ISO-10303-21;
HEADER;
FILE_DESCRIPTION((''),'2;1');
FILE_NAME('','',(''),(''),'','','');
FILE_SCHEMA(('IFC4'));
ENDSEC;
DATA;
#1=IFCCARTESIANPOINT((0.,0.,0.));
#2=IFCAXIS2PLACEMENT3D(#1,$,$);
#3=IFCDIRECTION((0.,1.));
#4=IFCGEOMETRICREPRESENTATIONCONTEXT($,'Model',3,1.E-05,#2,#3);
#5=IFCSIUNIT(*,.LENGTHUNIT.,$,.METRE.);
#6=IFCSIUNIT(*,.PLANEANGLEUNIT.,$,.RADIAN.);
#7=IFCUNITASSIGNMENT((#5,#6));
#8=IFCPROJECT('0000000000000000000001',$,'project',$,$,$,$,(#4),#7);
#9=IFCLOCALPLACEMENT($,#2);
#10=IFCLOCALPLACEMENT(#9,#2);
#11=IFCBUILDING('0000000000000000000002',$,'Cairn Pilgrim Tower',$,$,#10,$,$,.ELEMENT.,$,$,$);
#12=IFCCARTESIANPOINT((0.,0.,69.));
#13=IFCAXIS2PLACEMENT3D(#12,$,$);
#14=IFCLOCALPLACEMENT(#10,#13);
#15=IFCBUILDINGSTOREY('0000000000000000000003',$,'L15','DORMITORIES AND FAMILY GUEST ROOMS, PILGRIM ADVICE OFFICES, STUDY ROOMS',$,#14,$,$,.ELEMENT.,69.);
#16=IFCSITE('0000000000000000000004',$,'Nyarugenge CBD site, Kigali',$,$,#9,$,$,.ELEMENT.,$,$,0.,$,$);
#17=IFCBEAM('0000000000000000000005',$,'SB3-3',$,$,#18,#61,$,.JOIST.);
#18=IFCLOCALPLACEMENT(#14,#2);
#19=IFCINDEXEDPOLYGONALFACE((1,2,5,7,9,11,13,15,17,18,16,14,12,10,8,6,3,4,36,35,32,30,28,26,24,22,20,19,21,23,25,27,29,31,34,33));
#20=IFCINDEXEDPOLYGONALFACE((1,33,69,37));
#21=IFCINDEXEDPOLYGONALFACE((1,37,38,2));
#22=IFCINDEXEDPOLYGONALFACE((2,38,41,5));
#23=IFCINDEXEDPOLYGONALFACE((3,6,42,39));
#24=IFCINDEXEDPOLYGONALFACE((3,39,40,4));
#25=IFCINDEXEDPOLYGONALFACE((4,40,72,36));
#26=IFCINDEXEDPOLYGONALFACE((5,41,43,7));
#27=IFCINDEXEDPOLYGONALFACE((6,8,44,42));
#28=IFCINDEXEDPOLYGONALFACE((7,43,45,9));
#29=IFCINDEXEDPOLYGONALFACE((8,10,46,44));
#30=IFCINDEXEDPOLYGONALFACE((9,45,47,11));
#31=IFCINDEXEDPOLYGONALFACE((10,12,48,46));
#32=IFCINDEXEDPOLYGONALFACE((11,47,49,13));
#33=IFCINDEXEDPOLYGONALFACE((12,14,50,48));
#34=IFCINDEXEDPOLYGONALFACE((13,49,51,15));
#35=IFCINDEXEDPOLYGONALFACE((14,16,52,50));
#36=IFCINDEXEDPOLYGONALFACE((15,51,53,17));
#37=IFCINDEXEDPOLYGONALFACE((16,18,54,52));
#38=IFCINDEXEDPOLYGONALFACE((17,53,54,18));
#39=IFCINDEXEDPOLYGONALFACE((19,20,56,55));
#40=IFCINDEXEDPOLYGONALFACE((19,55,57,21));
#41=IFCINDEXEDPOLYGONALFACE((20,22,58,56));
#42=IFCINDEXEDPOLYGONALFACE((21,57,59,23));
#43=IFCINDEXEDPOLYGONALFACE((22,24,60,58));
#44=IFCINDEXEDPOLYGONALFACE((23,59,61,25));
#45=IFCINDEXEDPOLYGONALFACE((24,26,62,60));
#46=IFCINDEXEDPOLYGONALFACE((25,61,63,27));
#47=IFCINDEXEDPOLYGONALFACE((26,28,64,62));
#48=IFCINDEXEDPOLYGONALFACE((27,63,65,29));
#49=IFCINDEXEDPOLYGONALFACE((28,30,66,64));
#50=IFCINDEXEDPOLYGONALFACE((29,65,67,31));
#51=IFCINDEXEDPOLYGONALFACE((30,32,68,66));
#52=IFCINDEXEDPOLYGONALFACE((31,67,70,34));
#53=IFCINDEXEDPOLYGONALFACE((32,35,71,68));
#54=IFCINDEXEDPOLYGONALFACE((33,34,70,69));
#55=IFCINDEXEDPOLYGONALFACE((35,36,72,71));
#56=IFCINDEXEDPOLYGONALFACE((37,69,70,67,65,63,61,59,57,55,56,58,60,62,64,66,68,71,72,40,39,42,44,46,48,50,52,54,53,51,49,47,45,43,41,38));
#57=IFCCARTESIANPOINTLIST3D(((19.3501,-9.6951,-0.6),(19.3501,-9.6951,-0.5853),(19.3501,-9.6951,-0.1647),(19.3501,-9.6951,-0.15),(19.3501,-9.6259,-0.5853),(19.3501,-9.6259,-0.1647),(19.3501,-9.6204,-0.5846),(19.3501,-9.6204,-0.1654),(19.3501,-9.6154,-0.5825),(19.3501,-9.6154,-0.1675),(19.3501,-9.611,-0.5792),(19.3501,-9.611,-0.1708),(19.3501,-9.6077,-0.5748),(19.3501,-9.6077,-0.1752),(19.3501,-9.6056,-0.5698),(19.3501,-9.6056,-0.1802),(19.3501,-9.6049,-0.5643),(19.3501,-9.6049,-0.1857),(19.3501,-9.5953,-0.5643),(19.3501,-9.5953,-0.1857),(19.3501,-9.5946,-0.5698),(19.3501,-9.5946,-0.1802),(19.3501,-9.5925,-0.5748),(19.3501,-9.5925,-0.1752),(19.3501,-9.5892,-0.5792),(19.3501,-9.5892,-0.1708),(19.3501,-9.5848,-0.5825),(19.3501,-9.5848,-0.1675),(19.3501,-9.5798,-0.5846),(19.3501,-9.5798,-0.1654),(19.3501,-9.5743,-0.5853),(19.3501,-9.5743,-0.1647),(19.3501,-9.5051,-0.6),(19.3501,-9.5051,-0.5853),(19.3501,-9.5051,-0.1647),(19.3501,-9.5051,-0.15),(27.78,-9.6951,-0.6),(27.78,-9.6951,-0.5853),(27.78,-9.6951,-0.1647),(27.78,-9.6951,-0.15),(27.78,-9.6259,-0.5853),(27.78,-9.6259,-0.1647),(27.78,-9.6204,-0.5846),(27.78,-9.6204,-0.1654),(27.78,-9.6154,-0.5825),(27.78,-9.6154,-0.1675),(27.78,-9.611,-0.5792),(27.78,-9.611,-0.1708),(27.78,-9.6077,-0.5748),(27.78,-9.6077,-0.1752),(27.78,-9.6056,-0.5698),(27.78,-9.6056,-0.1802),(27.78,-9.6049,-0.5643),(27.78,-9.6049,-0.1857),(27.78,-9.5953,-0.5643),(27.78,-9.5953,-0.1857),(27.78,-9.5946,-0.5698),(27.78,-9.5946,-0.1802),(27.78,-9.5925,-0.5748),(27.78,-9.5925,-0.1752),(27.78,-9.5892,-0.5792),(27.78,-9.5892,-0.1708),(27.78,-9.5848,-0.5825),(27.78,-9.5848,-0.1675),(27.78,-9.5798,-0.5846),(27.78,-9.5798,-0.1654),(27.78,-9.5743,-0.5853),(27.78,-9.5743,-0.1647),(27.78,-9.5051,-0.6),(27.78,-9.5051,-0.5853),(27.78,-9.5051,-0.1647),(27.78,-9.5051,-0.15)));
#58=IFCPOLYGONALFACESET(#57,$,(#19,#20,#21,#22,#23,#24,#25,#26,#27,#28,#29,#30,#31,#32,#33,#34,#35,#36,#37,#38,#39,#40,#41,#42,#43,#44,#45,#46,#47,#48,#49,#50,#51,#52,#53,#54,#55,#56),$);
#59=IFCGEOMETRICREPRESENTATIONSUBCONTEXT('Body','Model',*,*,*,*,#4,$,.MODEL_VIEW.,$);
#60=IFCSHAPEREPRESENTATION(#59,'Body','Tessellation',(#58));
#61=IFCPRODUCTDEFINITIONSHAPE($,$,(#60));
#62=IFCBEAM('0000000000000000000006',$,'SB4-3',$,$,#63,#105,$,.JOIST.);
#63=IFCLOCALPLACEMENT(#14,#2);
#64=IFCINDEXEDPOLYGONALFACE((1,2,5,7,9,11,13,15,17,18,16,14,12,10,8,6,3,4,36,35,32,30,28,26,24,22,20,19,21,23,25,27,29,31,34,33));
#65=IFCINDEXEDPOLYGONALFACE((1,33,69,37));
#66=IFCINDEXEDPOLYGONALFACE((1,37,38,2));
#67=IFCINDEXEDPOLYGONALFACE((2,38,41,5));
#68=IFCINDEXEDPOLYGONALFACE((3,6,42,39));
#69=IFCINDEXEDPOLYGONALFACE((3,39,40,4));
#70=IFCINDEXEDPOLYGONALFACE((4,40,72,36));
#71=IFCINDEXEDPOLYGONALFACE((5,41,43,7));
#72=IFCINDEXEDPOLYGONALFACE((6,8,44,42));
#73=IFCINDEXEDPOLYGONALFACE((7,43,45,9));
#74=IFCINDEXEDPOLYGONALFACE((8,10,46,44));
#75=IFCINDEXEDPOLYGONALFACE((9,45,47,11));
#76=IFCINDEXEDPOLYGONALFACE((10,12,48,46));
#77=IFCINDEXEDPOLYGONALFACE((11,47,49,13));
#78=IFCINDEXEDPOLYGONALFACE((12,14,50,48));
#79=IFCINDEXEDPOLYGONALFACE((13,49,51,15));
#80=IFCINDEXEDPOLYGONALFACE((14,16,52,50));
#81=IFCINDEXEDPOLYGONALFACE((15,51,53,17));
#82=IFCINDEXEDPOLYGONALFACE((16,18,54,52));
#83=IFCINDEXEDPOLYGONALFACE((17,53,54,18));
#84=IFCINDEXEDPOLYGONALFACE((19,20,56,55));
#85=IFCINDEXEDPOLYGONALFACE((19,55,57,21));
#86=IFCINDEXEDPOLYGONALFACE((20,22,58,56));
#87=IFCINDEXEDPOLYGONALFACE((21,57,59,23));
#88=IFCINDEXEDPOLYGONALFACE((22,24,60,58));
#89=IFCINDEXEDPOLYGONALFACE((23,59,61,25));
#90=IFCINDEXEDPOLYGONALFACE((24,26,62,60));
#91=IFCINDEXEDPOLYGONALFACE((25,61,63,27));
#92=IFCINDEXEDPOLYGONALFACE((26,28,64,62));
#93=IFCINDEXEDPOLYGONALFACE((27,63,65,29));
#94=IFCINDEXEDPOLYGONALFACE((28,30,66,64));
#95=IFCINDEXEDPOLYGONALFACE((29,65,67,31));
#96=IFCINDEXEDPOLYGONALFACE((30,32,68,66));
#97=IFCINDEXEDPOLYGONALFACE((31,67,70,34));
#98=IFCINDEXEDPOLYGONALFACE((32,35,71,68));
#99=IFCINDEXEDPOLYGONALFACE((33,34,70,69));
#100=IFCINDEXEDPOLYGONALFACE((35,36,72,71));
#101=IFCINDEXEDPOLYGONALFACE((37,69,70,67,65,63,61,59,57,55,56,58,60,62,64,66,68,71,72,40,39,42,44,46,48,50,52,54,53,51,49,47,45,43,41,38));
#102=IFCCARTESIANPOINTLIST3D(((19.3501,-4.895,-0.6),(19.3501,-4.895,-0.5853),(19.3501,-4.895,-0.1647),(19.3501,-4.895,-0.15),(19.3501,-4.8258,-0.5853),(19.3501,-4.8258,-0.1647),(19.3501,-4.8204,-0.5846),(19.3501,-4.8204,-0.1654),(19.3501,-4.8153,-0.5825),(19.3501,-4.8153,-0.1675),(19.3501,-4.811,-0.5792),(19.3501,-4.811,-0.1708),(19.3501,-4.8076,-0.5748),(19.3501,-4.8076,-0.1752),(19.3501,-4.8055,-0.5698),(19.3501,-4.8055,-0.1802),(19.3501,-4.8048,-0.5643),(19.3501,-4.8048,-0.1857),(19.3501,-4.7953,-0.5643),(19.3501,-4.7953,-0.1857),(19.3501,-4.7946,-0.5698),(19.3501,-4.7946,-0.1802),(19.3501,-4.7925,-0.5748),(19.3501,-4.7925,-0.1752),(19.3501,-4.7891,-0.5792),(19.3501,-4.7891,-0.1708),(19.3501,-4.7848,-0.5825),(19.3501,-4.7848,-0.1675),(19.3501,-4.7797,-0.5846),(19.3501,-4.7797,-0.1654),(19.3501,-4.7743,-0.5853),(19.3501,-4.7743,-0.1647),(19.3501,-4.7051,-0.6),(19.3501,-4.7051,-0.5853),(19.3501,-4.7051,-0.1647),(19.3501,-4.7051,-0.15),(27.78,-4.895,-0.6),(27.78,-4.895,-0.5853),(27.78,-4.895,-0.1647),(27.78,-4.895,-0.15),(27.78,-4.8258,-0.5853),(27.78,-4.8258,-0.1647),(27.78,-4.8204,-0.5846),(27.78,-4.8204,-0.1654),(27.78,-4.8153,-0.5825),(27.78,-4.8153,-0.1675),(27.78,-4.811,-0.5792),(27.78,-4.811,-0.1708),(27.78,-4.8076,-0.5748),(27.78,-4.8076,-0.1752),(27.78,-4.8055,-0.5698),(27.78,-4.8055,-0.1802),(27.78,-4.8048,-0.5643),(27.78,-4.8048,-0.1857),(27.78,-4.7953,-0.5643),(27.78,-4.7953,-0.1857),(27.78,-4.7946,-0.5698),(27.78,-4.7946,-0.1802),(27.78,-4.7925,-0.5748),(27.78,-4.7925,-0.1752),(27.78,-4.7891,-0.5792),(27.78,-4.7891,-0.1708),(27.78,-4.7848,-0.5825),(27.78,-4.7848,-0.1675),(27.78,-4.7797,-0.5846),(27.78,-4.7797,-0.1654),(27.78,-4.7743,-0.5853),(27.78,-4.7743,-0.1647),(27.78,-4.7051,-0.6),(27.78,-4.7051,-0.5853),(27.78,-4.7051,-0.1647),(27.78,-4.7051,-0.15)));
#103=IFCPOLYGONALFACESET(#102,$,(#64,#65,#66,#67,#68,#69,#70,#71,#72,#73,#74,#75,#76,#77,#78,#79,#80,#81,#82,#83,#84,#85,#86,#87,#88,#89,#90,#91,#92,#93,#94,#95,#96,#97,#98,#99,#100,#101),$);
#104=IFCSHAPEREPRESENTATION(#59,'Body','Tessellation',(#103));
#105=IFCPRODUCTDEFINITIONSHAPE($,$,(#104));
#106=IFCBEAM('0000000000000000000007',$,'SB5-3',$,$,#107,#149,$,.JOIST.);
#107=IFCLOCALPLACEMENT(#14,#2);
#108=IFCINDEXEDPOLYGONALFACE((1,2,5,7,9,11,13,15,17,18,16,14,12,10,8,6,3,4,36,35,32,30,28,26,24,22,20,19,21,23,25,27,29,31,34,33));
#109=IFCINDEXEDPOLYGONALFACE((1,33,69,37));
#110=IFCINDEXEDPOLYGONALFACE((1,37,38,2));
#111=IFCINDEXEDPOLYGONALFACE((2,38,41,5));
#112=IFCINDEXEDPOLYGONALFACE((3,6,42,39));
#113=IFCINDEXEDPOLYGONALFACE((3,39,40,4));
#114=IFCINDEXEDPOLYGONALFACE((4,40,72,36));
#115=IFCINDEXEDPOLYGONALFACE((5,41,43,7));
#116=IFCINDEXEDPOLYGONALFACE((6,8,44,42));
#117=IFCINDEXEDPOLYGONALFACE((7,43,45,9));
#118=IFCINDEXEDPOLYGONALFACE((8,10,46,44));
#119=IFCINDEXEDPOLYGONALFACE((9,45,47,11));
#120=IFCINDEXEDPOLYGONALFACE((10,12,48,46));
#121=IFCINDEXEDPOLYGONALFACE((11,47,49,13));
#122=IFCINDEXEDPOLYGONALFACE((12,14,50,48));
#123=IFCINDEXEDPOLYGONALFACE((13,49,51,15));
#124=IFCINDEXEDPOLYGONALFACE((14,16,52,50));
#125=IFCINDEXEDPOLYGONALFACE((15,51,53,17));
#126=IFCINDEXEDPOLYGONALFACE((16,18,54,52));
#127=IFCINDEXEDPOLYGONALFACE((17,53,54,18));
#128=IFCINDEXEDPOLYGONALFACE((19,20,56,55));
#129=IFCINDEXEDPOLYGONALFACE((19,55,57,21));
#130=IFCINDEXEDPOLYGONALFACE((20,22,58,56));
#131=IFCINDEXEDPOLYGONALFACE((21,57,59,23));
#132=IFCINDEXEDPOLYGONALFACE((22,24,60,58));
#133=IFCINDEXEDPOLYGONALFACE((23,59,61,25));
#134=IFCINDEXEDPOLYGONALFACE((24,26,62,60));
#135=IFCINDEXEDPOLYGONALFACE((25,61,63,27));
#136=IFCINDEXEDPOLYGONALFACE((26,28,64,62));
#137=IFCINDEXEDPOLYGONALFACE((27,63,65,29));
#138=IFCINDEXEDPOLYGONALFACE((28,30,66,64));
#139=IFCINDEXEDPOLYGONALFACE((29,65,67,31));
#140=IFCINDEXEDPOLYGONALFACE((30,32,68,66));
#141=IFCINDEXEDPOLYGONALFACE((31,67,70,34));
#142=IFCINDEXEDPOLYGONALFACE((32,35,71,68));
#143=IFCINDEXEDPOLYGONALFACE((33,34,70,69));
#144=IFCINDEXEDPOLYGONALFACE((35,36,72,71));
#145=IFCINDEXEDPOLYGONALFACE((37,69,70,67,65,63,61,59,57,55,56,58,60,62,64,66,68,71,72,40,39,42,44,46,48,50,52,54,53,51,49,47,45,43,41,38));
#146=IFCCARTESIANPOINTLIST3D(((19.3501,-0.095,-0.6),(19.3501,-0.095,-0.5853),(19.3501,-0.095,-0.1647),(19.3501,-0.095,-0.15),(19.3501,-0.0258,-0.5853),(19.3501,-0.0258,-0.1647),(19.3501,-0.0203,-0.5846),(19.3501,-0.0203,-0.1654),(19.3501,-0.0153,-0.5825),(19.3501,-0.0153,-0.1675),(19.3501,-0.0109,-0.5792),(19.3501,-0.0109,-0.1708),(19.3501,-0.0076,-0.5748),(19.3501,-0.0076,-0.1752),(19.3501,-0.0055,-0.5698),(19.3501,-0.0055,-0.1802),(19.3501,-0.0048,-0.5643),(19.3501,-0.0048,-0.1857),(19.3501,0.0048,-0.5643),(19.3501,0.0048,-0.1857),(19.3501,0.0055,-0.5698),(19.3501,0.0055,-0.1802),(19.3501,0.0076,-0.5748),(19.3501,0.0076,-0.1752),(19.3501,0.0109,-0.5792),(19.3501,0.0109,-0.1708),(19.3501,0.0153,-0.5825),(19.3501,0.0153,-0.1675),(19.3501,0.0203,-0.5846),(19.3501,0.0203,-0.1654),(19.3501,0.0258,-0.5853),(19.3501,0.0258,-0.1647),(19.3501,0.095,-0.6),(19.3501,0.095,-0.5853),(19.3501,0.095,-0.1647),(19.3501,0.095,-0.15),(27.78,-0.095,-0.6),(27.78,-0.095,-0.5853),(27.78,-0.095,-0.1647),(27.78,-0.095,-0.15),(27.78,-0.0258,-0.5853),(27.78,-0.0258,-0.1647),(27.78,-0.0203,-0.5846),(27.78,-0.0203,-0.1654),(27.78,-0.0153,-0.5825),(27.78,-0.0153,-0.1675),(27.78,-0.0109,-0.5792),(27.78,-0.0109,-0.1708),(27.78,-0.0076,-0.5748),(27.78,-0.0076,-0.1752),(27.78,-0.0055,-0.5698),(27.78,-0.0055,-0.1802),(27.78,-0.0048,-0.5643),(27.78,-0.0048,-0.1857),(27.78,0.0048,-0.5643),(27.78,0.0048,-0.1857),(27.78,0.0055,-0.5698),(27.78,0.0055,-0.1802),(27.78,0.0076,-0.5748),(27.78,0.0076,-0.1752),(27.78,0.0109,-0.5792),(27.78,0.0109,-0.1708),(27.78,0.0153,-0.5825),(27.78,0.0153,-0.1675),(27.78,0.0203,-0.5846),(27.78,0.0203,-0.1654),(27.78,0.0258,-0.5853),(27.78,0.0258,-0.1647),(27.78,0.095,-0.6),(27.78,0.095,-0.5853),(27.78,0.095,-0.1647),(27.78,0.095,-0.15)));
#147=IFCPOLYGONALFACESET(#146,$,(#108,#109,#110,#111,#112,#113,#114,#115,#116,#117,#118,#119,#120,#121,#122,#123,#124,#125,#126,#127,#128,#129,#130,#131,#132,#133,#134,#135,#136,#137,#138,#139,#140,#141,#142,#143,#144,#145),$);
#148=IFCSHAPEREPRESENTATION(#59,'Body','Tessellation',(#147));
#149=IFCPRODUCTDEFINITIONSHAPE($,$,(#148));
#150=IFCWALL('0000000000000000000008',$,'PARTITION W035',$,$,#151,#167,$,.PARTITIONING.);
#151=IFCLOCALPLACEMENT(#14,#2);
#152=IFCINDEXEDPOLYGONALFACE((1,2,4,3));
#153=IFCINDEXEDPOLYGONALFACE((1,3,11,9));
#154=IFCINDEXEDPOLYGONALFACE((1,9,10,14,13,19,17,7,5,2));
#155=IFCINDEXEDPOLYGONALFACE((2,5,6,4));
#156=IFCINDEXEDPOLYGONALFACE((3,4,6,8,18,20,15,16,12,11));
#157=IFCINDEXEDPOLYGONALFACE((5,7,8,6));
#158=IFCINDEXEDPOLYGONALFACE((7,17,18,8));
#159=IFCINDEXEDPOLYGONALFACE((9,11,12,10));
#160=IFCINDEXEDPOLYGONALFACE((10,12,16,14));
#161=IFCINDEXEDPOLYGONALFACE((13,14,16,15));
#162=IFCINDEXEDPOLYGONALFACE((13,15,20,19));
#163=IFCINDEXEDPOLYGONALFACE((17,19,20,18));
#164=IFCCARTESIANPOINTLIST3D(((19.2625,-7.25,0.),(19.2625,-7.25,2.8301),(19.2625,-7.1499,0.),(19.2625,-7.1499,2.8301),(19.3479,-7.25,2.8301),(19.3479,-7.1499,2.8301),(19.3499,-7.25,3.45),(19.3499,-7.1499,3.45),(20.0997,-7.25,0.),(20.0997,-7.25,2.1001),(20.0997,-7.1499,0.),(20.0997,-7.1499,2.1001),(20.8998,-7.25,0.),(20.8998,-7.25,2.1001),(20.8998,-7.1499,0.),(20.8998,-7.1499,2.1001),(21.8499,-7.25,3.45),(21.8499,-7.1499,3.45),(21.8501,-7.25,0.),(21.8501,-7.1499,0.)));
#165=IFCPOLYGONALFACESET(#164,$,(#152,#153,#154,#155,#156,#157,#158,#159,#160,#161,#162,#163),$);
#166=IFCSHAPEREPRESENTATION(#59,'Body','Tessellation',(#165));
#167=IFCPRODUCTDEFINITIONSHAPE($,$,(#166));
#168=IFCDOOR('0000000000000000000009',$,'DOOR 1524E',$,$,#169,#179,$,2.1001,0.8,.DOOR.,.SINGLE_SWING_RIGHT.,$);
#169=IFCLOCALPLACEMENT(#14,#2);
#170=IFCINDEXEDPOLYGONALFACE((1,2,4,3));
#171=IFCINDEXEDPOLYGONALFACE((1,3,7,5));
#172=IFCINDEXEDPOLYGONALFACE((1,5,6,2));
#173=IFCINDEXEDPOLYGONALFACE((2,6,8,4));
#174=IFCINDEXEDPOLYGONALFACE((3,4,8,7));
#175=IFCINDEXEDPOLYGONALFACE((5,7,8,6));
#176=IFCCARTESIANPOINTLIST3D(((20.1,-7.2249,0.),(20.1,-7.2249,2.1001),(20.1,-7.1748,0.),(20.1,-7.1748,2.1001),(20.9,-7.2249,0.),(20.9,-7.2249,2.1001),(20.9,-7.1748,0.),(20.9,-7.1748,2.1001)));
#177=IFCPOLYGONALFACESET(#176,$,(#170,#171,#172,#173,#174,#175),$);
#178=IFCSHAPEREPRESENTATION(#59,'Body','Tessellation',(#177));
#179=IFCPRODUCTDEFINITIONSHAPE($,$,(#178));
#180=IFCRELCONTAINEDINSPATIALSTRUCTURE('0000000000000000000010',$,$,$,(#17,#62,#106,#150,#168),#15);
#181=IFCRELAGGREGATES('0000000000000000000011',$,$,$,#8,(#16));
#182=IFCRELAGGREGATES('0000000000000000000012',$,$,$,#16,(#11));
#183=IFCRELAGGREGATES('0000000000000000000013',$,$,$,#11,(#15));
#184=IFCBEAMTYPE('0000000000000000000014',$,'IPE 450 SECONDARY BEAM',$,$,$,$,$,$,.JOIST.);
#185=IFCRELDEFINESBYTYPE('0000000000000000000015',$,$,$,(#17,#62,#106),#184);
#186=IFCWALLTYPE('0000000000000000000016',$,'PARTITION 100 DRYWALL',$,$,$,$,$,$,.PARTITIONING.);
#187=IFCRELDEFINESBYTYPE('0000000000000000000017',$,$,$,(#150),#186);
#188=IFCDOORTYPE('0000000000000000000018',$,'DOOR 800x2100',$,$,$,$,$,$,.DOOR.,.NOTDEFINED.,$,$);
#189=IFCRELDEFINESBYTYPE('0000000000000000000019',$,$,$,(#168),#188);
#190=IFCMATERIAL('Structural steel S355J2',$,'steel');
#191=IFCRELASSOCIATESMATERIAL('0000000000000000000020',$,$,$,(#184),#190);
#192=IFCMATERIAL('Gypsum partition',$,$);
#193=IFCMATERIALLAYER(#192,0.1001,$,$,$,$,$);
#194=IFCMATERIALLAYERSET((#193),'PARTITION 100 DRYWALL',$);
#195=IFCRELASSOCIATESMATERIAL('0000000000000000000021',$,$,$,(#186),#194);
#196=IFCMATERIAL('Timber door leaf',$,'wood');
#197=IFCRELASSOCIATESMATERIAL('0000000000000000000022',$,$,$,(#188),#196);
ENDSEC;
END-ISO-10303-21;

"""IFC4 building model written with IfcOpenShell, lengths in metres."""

from ifc_helpers import new_model, si_unit, direction, frame, frame_2d, origin, origin_2d, place, context, subcontext, project, spatial, polyline, rectangle, i_section, outline, extrude, material, layer, layer_set, material_profile, profile_set, type_object, element, fill, save


model = new_model("IFC4")

# Units and contexts
model_context = context("Model", 3, precision=1e-05, world=origin(), true_north=direction((0.0, 1.0)))
body_context = subcontext(model_context, "Body", "Model", "MODEL_VIEW")
ifc_project = project(units=[si_unit("LENGTHUNIT", "METRE"), si_unit("PLANEANGLEUNIT", "RADIAN")], contexts=[model_context])

# Site, building, storey
site_placement = place(None, origin())
site = spatial("IfcSite", under=ifc_project, at=site_placement, Name="Nyarugenge CBD site, Kigali", CompositionType="ELEMENT", RefElevation=0.0)
building_placement = place(site_placement, origin())
building = spatial("IfcBuilding", under=site, at=building_placement, Name="Cairn Pilgrim Tower", CompositionType="ELEMENT")
storey_placement = place(building_placement, frame((0.0, 0.0, 69.0)))
storey = spatial("IfcBuildingStorey", under=building, at=storey_placement, Name="L15", Description="DORMITORIES AND FAMILY GUEST ROOMS, PILGRIM ADVICE OFFICES, STUDY ROOMS", CompositionType="ELEMENT", Elevation=69.0)

# Beams
ifc_material_1 = material(Name="Structural steel S355J2", Category="steel")
ifc_material_profile_1 = material_profile(ifc_material_1, i_section(OverallWidth=0.1899, OverallDepth=0.45, WebThickness=0.0095, FlangeThickness=0.0146, FilletRadius=0.021, at=origin_2d()), Name="IPE 450")
ifc_profile_set_1 = profile_set([ifc_material_profile_1], Name="Structural steel S355J2")
beam_type_1 = type_object("IfcBeamType", Name="IPE 450 SECONDARY BEAM", PredefinedType="JOIST", material=ifc_profile_set_1)
for number, where, z_axis, x_axis, name in (
    (1, (19.3501, -9.6001, -0.375), (1.0, 0.0, 0.0), (0.0, 1.0, 0.0), "SB3-3"),
    (2, (19.3501, -4.8, -0.375), (1.0, 0.0, 0.0), (0.0, 1.0, 0.0), "SB4-3"),
    (3, (19.3501, 0.0, -0.375), (1.0, 0.0, 0.0), (0.0, 1.0, 0.0), "SB5-3"),
):
    element("IfcBeam", number, at=place(storey_placement, frame(where, z_axis=z_axis, x_axis=x_axis)), inside=storey, type_object=beam_type_1, Name=name, PredefinedType="JOIST", context=body_context, shape_type="SweptSolid", body=[
        extrude(i_section(OverallWidth=0.1899, OverallDepth=0.45, WebThickness=0.0095, FlangeThickness=0.0146, FilletRadius=0.021, at=origin_2d()), origin(), (0.0, 0.0, 1.0), 8.4299),
    ])

# Wall, opening, door
ifc_material_2 = material(Name="Gypsum partition")
ifc_layer_1 = layer(ifc_material_2, 0.1001)
ifc_layer_set_1 = layer_set([ifc_layer_1], Name="PARTITION 100 DRYWALL")
wall_type_1 = type_object("IfcWallType", Name="PARTITION 100 DRYWALL", PredefinedType="PARTITIONING", material=ifc_layer_set_1)
wall_1_placement = place(storey_placement, frame((19.2625, -7.2, 0.0), z_axis=(0.0, 0.0, 1.0), x_axis=(1.0, 0.0, 0.0)))
wall_1 = element("IfcWall", 4, at=wall_1_placement, inside=storey, type_object=wall_type_1, Name="PARTITION W035", PredefinedType="PARTITIONING", context=body_context, shape_type="SweptSolid", body=[
    extrude(outline(polyline([(0.0, 0.0), (2.5876, 0.0), (2.5874, 3.45), (0.0874, 3.45), (0.0854, 2.8301), (0.0, 2.8301), (0.0, 0.0)])), frame((0.0, 0.05, 0.0), z_axis=(0.0, -1.0, 0.0), x_axis=(1.0, 0.0, 0.0)), (0.0, 0.0, 1.0), 0.1001),
])
opening_1_placement = place(wall_1_placement, frame((0.8374, 0.0, 0.0)))
opening_1 = element("IfcOpeningElement", 5, at=opening_1_placement, cuts=wall_1, PredefinedType="OPENING", context=body_context, shape_type="SweptSolid", body=[
    extrude(rectangle(XDim=0.8, YDim=2.1001, at=frame_2d((0.3999, 1.05))), frame((0.0, 0.0601, 0.0), z_axis=(0.0, -1.0, 0.0), x_axis=(1.0, 0.0, 0.0)), (0.0, 0.0, 1.0), 0.1201),
])
ifc_material_3 = material(Name="Timber door leaf", Category="wood")
door_type_1 = type_object("IfcDoorType", Name="DOOR 800x2100", OperationType="NOTDEFINED", PredefinedType="DOOR", material=ifc_material_3)
door_1_placement = place(opening_1_placement, frame((0.8, 0.0, 0.0), z_axis=(0.0, 0.0, 1.0), x_axis=(-1.0, 0.0, 0.0)))
door_1 = element("IfcDoor", 6, at=door_1_placement, inside=storey, type_object=door_type_1, Name="DOOR 1524E", OperationType="SINGLE_SWING_RIGHT", OverallHeight=2.1001, OverallWidth=0.8, PredefinedType="DOOR", context=body_context, shape_type="SweptSolid", body=[
    extrude(rectangle(XDim=0.8, YDim=2.1001, at=frame_2d((0.3999, 1.05))), frame((0.0, 0.0249, 0.0), z_axis=(0.0, -1.0, 0.0), x_axis=(1.0, 0.0, 0.0)), (0.0, 0.0, 1.0), 0.05),
])
fill(opening_1, door_1)

save(model, "model.ifc")
